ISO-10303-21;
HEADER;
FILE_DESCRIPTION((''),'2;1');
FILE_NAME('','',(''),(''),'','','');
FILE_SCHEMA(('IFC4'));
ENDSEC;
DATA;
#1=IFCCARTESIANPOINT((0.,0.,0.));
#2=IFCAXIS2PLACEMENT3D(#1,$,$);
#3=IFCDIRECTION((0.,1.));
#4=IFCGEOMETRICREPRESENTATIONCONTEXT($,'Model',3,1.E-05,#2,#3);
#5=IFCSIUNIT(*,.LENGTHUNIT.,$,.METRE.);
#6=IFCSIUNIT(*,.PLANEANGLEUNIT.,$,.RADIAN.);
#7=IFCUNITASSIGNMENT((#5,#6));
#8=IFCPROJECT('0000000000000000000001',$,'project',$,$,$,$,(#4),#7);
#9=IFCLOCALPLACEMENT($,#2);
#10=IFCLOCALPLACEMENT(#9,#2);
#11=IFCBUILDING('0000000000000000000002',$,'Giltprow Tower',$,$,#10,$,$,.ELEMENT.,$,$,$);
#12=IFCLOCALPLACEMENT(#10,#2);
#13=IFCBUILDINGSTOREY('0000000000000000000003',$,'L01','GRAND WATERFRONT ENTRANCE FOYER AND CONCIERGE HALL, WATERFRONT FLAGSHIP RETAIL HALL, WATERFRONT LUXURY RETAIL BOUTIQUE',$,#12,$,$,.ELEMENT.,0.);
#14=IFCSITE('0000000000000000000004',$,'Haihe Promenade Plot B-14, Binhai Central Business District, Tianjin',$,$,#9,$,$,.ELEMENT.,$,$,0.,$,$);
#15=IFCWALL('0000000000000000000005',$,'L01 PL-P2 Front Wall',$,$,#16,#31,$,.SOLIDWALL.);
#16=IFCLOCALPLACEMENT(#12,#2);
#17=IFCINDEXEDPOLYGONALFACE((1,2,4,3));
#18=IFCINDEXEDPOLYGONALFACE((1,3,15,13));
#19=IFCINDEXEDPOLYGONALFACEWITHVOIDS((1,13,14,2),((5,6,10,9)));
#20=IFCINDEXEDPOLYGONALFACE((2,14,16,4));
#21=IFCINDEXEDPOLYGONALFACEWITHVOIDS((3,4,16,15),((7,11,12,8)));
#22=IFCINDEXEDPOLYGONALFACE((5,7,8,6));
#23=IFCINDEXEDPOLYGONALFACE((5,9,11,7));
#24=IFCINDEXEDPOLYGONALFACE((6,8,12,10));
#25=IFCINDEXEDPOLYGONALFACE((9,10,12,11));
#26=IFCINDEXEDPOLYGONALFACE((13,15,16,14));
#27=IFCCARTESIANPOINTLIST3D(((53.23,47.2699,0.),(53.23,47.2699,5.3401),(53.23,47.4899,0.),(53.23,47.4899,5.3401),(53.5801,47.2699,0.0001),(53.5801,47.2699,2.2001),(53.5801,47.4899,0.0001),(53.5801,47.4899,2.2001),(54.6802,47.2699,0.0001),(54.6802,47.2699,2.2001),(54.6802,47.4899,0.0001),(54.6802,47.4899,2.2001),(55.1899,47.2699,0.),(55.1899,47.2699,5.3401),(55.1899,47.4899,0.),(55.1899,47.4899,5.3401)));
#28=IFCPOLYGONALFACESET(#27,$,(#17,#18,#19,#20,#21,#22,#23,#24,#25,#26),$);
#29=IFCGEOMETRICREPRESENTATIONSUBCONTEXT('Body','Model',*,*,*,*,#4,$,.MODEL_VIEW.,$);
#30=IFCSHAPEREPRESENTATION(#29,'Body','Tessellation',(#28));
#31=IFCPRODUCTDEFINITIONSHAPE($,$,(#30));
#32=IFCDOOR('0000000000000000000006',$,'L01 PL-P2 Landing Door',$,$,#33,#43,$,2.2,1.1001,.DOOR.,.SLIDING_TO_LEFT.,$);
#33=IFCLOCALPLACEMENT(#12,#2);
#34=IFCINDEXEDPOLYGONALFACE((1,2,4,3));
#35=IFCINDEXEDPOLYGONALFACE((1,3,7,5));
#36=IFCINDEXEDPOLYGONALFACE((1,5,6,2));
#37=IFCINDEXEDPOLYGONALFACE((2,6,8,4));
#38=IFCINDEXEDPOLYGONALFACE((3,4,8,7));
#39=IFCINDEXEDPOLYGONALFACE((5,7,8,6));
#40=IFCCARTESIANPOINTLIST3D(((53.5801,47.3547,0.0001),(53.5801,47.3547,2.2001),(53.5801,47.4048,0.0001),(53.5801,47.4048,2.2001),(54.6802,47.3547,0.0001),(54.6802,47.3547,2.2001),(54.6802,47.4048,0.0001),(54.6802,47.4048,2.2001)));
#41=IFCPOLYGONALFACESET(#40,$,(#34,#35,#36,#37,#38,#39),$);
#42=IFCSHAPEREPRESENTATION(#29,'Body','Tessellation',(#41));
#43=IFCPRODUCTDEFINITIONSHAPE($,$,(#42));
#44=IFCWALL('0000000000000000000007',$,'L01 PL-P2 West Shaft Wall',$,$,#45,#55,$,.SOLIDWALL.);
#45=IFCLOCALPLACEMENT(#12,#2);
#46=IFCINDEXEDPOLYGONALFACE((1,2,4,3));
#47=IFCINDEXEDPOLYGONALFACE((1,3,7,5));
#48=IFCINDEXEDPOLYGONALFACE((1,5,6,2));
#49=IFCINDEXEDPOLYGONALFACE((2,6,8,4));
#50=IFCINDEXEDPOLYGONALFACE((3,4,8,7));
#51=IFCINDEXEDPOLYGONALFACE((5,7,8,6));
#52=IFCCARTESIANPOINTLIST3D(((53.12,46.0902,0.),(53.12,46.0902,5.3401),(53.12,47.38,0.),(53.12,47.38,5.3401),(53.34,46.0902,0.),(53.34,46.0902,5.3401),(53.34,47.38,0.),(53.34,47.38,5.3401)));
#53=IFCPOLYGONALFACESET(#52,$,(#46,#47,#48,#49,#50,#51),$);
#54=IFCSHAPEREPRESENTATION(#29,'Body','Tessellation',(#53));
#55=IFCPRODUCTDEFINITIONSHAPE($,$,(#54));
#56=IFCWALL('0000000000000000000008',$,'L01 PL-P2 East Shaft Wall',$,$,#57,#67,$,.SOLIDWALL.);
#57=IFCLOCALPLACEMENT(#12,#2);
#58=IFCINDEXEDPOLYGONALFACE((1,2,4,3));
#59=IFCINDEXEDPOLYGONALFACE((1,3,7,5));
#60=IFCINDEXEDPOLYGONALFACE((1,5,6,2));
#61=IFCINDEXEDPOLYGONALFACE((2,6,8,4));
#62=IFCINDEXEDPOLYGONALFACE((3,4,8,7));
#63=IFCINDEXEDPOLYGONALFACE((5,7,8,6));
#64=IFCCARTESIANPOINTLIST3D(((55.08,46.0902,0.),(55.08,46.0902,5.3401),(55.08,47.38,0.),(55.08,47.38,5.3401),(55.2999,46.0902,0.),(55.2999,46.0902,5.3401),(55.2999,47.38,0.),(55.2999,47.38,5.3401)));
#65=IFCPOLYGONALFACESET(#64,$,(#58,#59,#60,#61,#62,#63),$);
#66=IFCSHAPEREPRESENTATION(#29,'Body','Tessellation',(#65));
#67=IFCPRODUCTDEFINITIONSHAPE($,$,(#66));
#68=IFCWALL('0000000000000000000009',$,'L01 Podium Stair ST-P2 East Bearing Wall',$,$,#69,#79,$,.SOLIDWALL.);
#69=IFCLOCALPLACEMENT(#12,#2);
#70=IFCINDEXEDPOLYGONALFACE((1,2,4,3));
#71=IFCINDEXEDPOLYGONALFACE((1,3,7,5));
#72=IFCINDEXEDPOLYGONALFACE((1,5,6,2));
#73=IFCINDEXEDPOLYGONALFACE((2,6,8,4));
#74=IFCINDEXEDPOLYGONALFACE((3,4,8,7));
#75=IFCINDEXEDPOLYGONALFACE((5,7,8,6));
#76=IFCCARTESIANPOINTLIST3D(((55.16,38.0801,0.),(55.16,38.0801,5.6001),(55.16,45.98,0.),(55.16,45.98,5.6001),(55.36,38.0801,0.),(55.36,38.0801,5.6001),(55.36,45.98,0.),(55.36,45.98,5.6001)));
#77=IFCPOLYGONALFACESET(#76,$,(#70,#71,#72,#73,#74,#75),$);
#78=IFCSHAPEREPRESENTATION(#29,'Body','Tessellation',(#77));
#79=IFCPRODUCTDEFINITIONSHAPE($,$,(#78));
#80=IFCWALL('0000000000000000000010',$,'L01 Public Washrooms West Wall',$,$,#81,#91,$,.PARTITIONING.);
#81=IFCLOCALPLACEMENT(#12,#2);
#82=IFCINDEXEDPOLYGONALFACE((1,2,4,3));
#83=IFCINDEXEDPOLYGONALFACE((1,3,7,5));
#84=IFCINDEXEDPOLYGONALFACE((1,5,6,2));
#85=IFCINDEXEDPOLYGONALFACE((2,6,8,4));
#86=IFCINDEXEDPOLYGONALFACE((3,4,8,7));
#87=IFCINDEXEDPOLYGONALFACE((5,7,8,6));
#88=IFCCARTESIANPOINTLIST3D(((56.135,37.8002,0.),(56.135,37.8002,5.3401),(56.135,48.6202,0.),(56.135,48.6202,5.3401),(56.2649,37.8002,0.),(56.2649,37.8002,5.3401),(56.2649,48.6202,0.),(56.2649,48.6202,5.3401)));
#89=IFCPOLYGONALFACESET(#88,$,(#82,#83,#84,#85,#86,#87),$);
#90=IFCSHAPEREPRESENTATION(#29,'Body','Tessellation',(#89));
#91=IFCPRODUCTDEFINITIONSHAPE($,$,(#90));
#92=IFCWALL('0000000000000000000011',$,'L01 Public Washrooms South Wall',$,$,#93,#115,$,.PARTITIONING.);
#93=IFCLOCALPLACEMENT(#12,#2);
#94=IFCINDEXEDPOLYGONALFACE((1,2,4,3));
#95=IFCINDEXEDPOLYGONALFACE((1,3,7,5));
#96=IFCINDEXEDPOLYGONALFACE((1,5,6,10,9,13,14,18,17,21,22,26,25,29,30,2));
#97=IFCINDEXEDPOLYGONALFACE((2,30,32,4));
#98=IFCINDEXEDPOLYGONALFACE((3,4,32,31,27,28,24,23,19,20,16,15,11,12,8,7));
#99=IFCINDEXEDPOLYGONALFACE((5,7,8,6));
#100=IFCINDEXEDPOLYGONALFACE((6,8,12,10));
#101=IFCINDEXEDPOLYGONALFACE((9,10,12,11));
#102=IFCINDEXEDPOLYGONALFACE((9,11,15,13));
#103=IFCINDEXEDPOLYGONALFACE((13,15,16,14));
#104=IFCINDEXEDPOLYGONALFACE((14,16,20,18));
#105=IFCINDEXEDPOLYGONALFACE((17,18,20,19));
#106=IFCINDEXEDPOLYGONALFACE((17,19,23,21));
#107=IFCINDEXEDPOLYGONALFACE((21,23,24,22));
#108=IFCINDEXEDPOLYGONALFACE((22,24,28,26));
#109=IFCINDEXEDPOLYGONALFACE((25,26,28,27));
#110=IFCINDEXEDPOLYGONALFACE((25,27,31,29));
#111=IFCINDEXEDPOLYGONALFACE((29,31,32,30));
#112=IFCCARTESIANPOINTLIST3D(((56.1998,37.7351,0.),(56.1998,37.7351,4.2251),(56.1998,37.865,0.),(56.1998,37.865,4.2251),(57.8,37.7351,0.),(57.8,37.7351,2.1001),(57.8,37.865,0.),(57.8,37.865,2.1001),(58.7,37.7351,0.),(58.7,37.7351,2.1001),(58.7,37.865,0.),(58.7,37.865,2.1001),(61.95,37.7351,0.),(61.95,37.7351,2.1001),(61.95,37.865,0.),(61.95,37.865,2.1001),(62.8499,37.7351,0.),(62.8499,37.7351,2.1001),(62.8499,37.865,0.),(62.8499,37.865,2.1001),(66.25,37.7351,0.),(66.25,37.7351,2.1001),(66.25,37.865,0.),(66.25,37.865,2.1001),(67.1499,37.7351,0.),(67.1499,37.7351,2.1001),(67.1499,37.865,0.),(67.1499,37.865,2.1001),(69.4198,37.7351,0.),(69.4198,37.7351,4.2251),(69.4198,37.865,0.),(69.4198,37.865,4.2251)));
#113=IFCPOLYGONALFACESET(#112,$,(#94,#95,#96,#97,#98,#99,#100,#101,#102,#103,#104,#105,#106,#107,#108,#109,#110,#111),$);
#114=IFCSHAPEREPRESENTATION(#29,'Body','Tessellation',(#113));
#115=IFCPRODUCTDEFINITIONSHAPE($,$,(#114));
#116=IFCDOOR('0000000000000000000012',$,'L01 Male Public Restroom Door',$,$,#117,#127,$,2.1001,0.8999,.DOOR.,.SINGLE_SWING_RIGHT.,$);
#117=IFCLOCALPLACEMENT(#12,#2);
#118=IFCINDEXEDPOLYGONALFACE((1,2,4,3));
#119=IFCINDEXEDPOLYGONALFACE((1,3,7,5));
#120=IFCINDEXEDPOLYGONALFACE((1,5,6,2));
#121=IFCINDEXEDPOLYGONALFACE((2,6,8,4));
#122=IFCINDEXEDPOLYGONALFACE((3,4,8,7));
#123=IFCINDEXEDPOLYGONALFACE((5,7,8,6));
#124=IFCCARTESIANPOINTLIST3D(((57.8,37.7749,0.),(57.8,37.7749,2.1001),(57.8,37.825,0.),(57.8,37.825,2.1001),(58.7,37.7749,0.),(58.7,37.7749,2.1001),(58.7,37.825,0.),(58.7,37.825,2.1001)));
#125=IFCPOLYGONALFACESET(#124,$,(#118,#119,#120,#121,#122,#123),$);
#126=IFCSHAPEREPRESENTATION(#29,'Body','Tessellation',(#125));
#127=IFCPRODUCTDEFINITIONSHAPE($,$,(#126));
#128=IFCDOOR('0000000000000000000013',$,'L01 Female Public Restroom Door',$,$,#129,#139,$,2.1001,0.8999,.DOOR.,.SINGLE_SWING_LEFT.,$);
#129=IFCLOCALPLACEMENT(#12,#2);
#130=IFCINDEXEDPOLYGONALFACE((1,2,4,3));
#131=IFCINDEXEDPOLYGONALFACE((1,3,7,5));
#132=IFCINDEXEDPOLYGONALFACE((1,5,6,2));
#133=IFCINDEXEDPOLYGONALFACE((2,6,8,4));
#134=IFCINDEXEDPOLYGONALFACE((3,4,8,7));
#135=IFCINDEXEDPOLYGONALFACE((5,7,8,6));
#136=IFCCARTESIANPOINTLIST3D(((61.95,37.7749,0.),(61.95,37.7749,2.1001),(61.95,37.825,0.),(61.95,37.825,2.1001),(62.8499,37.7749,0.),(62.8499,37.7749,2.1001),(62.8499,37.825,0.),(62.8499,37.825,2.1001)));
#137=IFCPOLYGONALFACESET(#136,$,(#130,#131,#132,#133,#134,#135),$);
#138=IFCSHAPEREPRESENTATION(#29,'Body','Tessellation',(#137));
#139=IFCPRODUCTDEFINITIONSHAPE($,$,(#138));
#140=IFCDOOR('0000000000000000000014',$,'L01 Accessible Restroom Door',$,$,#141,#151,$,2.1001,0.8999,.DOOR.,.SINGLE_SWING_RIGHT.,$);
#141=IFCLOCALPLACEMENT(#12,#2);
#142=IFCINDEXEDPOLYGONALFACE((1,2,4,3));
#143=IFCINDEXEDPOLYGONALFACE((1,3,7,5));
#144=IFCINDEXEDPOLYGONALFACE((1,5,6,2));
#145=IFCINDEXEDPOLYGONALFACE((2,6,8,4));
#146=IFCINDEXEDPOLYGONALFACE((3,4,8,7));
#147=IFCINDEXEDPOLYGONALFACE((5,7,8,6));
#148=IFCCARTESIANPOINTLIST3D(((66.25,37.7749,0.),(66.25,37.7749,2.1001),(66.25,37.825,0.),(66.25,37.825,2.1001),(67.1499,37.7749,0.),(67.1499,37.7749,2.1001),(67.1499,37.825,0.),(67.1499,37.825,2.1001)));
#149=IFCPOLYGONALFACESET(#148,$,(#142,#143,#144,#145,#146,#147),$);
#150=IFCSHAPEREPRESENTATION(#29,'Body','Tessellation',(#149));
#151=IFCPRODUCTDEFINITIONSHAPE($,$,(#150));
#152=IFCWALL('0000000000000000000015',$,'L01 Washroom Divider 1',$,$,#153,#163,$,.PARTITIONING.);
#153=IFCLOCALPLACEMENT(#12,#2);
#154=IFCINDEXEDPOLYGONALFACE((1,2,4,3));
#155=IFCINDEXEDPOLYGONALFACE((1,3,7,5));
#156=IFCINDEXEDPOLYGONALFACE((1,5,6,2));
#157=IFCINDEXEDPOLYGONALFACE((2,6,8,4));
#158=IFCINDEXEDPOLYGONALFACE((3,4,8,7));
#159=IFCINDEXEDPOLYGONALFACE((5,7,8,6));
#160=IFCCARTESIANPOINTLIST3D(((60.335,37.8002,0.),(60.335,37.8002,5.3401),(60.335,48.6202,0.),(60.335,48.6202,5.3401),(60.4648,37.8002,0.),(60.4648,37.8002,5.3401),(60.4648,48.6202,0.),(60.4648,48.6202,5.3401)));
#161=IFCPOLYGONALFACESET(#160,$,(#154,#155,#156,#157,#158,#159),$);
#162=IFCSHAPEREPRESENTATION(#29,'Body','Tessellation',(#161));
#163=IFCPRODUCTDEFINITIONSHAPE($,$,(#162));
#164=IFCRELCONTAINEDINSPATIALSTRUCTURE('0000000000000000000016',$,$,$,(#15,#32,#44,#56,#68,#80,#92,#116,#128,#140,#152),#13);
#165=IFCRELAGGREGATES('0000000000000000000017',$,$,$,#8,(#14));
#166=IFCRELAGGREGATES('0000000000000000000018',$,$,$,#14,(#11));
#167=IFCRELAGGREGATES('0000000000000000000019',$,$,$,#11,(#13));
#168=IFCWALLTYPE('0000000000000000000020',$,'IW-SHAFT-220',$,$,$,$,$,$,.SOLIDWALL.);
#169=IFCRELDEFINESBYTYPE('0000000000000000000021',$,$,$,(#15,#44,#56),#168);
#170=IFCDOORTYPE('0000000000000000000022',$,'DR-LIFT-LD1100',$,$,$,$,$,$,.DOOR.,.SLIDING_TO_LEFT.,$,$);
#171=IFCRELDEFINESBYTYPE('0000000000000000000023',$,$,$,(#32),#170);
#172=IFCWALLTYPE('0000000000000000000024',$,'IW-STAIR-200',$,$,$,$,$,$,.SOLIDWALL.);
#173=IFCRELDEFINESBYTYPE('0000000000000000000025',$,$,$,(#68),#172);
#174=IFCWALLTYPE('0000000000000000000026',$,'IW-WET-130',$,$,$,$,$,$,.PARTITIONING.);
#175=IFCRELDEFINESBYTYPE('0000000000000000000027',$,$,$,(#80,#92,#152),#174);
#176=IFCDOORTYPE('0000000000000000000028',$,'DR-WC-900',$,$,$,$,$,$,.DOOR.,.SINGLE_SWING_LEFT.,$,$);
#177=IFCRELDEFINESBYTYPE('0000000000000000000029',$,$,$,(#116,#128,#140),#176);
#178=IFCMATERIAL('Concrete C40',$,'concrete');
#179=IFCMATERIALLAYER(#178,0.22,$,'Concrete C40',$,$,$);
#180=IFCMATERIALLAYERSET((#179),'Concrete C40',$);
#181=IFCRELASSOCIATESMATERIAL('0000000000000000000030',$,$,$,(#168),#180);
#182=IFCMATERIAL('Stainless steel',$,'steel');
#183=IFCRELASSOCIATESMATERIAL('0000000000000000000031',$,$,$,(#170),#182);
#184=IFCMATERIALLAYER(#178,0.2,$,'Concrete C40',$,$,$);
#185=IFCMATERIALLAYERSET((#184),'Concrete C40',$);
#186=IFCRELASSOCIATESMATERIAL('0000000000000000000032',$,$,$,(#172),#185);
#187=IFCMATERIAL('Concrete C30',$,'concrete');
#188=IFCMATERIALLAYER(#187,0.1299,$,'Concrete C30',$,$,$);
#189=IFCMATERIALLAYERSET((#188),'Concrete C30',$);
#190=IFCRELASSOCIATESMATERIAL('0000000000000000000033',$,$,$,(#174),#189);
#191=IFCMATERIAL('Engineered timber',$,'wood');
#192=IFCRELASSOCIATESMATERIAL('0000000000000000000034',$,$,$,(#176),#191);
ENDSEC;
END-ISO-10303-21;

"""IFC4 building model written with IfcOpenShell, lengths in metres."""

from ifc_helpers import new_model, si_unit, direction, frame, frame_2d, origin, place, context, subcontext, project, spatial, rectangle, extrude, source, transform, mapped, material, layer, layer_set, type_object, element, fill, save


model = new_model("IFC4")

# Units and contexts
model_context = context("Model", 3, precision=1e-05, world=origin(), true_north=direction((0.0, 1.0)))
body_context = subcontext(model_context, "Body", "Model", "MODEL_VIEW")
ifc_project = project(units=[si_unit("LENGTHUNIT", "METRE"), si_unit("PLANEANGLEUNIT", "RADIAN")], contexts=[model_context])

# Site, building, storey
site_placement = place(None, origin())
site = spatial("IfcSite", under=ifc_project, at=site_placement, Name="Haihe Promenade Plot B-14, Binhai Central Business District, Tianjin", CompositionType="ELEMENT", RefElevation=0.0)
building_placement = place(site_placement, origin())
building = spatial("IfcBuilding", under=site, at=building_placement, Name="Giltprow Tower", CompositionType="ELEMENT")
storey_placement = place(building_placement, origin())
storey = spatial("IfcBuildingStorey", under=building, at=storey_placement, Name="L01", Description="GRAND WATERFRONT ENTRANCE FOYER AND CONCIERGE HALL, WATERFRONT FLAGSHIP RETAIL HALL, WATERFRONT LUXURY RETAIL BOUTIQUE", CompositionType="ELEMENT", Elevation=0.0)

# Wall, opening, door
ifc_material_1 = material(Name="Concrete C40", Category="concrete")
ifc_layer_1 = layer(ifc_material_1, 0.22, Name="Concrete C40")
ifc_layer_set_1 = layer_set([ifc_layer_1], Name="Concrete C40")
wall_type_1 = type_object("IfcWallType", Name="IW-SHAFT-220", PredefinedType="SOLIDWALL", material=ifc_layer_set_1)
wall_1_placement = place(storey_placement, frame((53.23, 47.3799, 0.0), z_axis=(0.0, 0.0, 1.0), x_axis=(1.0, 0.0, 0.0)))
wall_1 = element("IfcWall", 1, at=wall_1_placement, inside=storey, type_object=wall_type_1, Name="L01 PL-P2 Front Wall", PredefinedType="SOLIDWALL", context=body_context, shape_type="SweptSolid", body=[
    extrude(rectangle(XDim=1.96, YDim=0.22, at=frame_2d((0.98, 0.0))), origin(), (0.0, 0.0, 1.0), 5.3401),
])
opening_1_placement = place(wall_1_placement, frame((0.3501, 0.0, 0.0)))
opening_1 = element("IfcOpeningElement", 2, at=opening_1_placement, cuts=wall_1, PredefinedType="OPENING", context=body_context, shape_type="SweptSolid", body=[
    extrude(rectangle(XDim=1.1001, YDim=2.2, at=frame_2d((0.55, 1.1001))), frame((0.0, 0.1199, 0.0), z_axis=(0.0, -1.0, 0.0), x_axis=(1.0, 0.0, 0.0)), (0.0, 0.0, 1.0), 0.24),
])
ifc_material_2 = material(Name="Stainless steel", Category="steel")
door_type_1 = type_object("IfcDoorType", Name="DR-LIFT-LD1100", OperationType="SLIDING_TO_LEFT", PredefinedType="DOOR", material=ifc_material_2)
shared_shape_1 = source(origin(), body_context, "Body", "SweptSolid", [
    extrude(rectangle(XDim=1.1001, YDim=2.2, at=frame_2d((0.55, 1.1001))), frame((0.0, 0.0249, 0.0), z_axis=(0.0, -1.0, 0.0), x_axis=(1.0, 0.0, 0.0)), (0.0, 0.0, 1.0), 0.05),
])
door_1_placement = place(opening_1_placement, origin())
door_1 = element("IfcDoor", 3, at=door_1_placement, inside=storey, type_object=door_type_1, Name="L01 PL-P2 Landing Door", OperationType="SLIDING_TO_LEFT", OverallHeight=2.2, OverallWidth=1.1001, PredefinedType="DOOR", context=body_context, shape_type="MappedRepresentation", body=[
    mapped(shared_shape_1, transform((0.0, 0.0, 0.0), x_axis=(1.0, 0.0, 0.0), y_axis=(0.0, 1.0, 0.0), z_axis=(0.0, 0.0, 1.0), scale=1.0)),
])
fill(opening_1, door_1)

# Walls
for number, where, z_axis, x_axis, name in (
    (4, (53.23, 46.0901, 0.0), (0.0, 0.0, 1.0), (0.0, 1.0, 0.0), "L01 PL-P2 West Shaft Wall"),
    (5, (55.1899, 46.0901, 0.0), (0.0, 0.0, 1.0), (0.0, 1.0, 0.0), "L01 PL-P2 East Shaft Wall"),
):
    element("IfcWall", number, at=place(storey_placement, frame(where, z_axis=z_axis, x_axis=x_axis)), inside=storey, type_object=wall_type_1, Name=name, PredefinedType="SOLIDWALL", context=body_context, shape_type="SweptSolid", body=[
        extrude(rectangle(XDim=1.2898, YDim=0.22, at=frame_2d((0.645, 0.0))), origin(), (0.0, 0.0, 1.0), 5.3401),
    ])
ifc_layer_2 = layer(ifc_material_1, 0.2, Name="Concrete C40")
ifc_layer_set_2 = layer_set([ifc_layer_2], Name="Concrete C40")
wall_type_2 = type_object("IfcWallType", Name="IW-STAIR-200", PredefinedType="SOLIDWALL", material=ifc_layer_set_2)
wall_2_placement = place(storey_placement, frame((55.26, 38.0801, 0.0), z_axis=(0.0, 0.0, 1.0), x_axis=(0.0, 1.0, 0.0)))
element("IfcWall", 6, at=wall_2_placement, inside=storey, type_object=wall_type_2, Name="L01 Podium Stair ST-P2 East Bearing Wall", PredefinedType="SOLIDWALL", context=body_context, shape_type="SweptSolid", body=[
    extrude(rectangle(XDim=7.8999, YDim=0.2, at=frame_2d((3.95, 0.0))), origin(), (0.0, 0.0, 1.0), 5.6001),
])
ifc_material_3 = material(Name="Concrete C30", Category="concrete")
ifc_layer_3 = layer(ifc_material_3, 0.1299, Name="Concrete C30")
ifc_layer_set_3 = layer_set([ifc_layer_3], Name="Concrete C30")
wall_type_3 = type_object("IfcWallType", Name="IW-WET-130", PredefinedType="PARTITIONING", material=ifc_layer_set_3)
wall_3_placement = place(storey_placement, frame((56.2, 37.8, 0.0), z_axis=(0.0, 0.0, 1.0), x_axis=(0.0, 1.0, 0.0)))
element("IfcWall", 7, at=wall_3_placement, inside=storey, type_object=wall_type_3, Name="L01 Public Washrooms West Wall", PredefinedType="PARTITIONING", context=body_context, shape_type="SweptSolid", body=[
    extrude(rectangle(XDim=10.8201, YDim=0.1299, at=frame_2d((5.4102, 0.0))), origin(), (0.0, 0.0, 1.0), 5.3401),
])

# Wall, openings, doors
wall_4_placement = place(storey_placement, frame((56.2, 37.8, 0.0), z_axis=(0.0, 0.0, 1.0), x_axis=(1.0, 0.0, 0.0)))
wall_4 = element("IfcWall", 8, at=wall_4_placement, inside=storey, type_object=wall_type_3, Name="L01 Public Washrooms South Wall", PredefinedType="PARTITIONING", context=body_context, shape_type="SweptSolid", body=[
    extrude(rectangle(XDim=13.22, YDim=0.1299, at=frame_2d((6.6099, 0.0))), origin(), (0.0, 0.0, 1.0), 4.2251),
])
opening_2_placement = place(wall_4_placement, frame((1.6001, 0.0, 0.0)))
opening_2 = element("IfcOpeningElement", 9, at=opening_2_placement, cuts=wall_4, PredefinedType="OPENING", context=body_context, shape_type="SweptSolid", body=[
    extrude(rectangle(XDim=0.8999, YDim=2.1001, at=frame_2d((0.45, 1.05))), frame((0.0, 0.075, 0.0), z_axis=(0.0, -1.0, 0.0), x_axis=(1.0, 0.0, 0.0)), (0.0, 0.0, 1.0), 0.1499),
])
opening_3_placement = place(wall_4_placement, frame((5.75, 0.0, 0.0)))
opening_3 = element("IfcOpeningElement", 10, at=opening_3_placement, cuts=wall_4, PredefinedType="OPENING", context=body_context, shape_type="SweptSolid", body=[
    extrude(rectangle(XDim=0.8999, YDim=2.1001, at=frame_2d((0.45, 1.05))), frame((0.0, 0.075, 0.0), z_axis=(0.0, -1.0, 0.0), x_axis=(1.0, 0.0, 0.0)), (0.0, 0.0, 1.0), 0.1499),
])
opening_4_placement = place(wall_4_placement, frame((10.05, 0.0, 0.0)))
opening_4 = element("IfcOpeningElement", 11, at=opening_4_placement, cuts=wall_4, PredefinedType="OPENING", context=body_context, shape_type="SweptSolid", body=[
    extrude(rectangle(XDim=0.8999, YDim=2.1001, at=frame_2d((0.45, 1.05))), frame((0.0, 0.075, 0.0), z_axis=(0.0, -1.0, 0.0), x_axis=(1.0, 0.0, 0.0)), (0.0, 0.0, 1.0), 0.1499),
])
ifc_material_4 = material(Name="Engineered timber", Category="wood")
door_type_2 = type_object("IfcDoorType", Name="DR-WC-900", OperationType="SINGLE_SWING_LEFT", PredefinedType="DOOR", material=ifc_material_4)
shared_shape_2 = source(origin(), body_context, "Body", "SweptSolid", [
    extrude(rectangle(XDim=0.8999, YDim=2.1001, at=frame_2d((0.45, 1.05))), frame((0.0, 0.0249, 0.0), z_axis=(0.0, -1.0, 0.0), x_axis=(1.0, 0.0, 0.0)), (0.0, 0.0, 1.0), 0.05),
])
door_2_placement = place(opening_2_placement, origin())
door_2 = element("IfcDoor", 12, at=door_2_placement, inside=storey, type_object=door_type_2, Name="L01 Male Public Restroom Door", OperationType="SINGLE_SWING_RIGHT", OverallHeight=2.1001, OverallWidth=0.8999, PredefinedType="DOOR", context=body_context, shape_type="MappedRepresentation", body=[
    mapped(shared_shape_2, transform((0.0, 0.0, 0.0), x_axis=(1.0, 0.0, 0.0), y_axis=(0.0, 1.0, 0.0), z_axis=(0.0, 0.0, 1.0), scale=1.0)),
])
fill(opening_2, door_2)
door_3_placement = place(opening_3_placement, origin())
door_3 = element("IfcDoor", 13, at=door_3_placement, inside=storey, type_object=door_type_2, Name="L01 Female Public Restroom Door", OperationType="SINGLE_SWING_LEFT", OverallHeight=2.1001, OverallWidth=0.8999, PredefinedType="DOOR", context=body_context, shape_type="MappedRepresentation", body=[
    mapped(shared_shape_2, transform((0.0, 0.0, 0.0), x_axis=(1.0, 0.0, 0.0), y_axis=(0.0, 1.0, 0.0), z_axis=(0.0, 0.0, 1.0), scale=1.0)),
])
fill(opening_3, door_3)
door_4_placement = place(opening_4_placement, origin())
door_4 = element("IfcDoor", 14, at=door_4_placement, inside=storey, type_object=door_type_2, Name="L01 Accessible Restroom Door", OperationType="SINGLE_SWING_RIGHT", OverallHeight=2.1001, OverallWidth=0.8999, PredefinedType="DOOR", context=body_context, shape_type="MappedRepresentation", body=[
    mapped(shared_shape_2, transform((0.0, 0.0, 0.0), x_axis=(1.0, 0.0, 0.0), y_axis=(0.0, 1.0, 0.0), z_axis=(0.0, 0.0, 1.0), scale=1.0)),
])
fill(opening_4, door_4)

# Wall
wall_5_placement = place(storey_placement, frame((60.3999, 37.8, 0.0), z_axis=(0.0, 0.0, 1.0), x_axis=(0.0, 1.0, 0.0)))
element("IfcWall", 15, at=wall_5_placement, inside=storey, type_object=wall_type_3, Name="L01 Washroom Divider 1", PredefinedType="PARTITIONING", context=body_context, shape_type="SweptSolid", body=[
    extrude(rectangle(XDim=10.8201, YDim=0.1299, at=frame_2d((5.4102, 0.0))), origin(), (0.0, 0.0, 1.0), 5.3401),
])

save(model, "model.ifc")
